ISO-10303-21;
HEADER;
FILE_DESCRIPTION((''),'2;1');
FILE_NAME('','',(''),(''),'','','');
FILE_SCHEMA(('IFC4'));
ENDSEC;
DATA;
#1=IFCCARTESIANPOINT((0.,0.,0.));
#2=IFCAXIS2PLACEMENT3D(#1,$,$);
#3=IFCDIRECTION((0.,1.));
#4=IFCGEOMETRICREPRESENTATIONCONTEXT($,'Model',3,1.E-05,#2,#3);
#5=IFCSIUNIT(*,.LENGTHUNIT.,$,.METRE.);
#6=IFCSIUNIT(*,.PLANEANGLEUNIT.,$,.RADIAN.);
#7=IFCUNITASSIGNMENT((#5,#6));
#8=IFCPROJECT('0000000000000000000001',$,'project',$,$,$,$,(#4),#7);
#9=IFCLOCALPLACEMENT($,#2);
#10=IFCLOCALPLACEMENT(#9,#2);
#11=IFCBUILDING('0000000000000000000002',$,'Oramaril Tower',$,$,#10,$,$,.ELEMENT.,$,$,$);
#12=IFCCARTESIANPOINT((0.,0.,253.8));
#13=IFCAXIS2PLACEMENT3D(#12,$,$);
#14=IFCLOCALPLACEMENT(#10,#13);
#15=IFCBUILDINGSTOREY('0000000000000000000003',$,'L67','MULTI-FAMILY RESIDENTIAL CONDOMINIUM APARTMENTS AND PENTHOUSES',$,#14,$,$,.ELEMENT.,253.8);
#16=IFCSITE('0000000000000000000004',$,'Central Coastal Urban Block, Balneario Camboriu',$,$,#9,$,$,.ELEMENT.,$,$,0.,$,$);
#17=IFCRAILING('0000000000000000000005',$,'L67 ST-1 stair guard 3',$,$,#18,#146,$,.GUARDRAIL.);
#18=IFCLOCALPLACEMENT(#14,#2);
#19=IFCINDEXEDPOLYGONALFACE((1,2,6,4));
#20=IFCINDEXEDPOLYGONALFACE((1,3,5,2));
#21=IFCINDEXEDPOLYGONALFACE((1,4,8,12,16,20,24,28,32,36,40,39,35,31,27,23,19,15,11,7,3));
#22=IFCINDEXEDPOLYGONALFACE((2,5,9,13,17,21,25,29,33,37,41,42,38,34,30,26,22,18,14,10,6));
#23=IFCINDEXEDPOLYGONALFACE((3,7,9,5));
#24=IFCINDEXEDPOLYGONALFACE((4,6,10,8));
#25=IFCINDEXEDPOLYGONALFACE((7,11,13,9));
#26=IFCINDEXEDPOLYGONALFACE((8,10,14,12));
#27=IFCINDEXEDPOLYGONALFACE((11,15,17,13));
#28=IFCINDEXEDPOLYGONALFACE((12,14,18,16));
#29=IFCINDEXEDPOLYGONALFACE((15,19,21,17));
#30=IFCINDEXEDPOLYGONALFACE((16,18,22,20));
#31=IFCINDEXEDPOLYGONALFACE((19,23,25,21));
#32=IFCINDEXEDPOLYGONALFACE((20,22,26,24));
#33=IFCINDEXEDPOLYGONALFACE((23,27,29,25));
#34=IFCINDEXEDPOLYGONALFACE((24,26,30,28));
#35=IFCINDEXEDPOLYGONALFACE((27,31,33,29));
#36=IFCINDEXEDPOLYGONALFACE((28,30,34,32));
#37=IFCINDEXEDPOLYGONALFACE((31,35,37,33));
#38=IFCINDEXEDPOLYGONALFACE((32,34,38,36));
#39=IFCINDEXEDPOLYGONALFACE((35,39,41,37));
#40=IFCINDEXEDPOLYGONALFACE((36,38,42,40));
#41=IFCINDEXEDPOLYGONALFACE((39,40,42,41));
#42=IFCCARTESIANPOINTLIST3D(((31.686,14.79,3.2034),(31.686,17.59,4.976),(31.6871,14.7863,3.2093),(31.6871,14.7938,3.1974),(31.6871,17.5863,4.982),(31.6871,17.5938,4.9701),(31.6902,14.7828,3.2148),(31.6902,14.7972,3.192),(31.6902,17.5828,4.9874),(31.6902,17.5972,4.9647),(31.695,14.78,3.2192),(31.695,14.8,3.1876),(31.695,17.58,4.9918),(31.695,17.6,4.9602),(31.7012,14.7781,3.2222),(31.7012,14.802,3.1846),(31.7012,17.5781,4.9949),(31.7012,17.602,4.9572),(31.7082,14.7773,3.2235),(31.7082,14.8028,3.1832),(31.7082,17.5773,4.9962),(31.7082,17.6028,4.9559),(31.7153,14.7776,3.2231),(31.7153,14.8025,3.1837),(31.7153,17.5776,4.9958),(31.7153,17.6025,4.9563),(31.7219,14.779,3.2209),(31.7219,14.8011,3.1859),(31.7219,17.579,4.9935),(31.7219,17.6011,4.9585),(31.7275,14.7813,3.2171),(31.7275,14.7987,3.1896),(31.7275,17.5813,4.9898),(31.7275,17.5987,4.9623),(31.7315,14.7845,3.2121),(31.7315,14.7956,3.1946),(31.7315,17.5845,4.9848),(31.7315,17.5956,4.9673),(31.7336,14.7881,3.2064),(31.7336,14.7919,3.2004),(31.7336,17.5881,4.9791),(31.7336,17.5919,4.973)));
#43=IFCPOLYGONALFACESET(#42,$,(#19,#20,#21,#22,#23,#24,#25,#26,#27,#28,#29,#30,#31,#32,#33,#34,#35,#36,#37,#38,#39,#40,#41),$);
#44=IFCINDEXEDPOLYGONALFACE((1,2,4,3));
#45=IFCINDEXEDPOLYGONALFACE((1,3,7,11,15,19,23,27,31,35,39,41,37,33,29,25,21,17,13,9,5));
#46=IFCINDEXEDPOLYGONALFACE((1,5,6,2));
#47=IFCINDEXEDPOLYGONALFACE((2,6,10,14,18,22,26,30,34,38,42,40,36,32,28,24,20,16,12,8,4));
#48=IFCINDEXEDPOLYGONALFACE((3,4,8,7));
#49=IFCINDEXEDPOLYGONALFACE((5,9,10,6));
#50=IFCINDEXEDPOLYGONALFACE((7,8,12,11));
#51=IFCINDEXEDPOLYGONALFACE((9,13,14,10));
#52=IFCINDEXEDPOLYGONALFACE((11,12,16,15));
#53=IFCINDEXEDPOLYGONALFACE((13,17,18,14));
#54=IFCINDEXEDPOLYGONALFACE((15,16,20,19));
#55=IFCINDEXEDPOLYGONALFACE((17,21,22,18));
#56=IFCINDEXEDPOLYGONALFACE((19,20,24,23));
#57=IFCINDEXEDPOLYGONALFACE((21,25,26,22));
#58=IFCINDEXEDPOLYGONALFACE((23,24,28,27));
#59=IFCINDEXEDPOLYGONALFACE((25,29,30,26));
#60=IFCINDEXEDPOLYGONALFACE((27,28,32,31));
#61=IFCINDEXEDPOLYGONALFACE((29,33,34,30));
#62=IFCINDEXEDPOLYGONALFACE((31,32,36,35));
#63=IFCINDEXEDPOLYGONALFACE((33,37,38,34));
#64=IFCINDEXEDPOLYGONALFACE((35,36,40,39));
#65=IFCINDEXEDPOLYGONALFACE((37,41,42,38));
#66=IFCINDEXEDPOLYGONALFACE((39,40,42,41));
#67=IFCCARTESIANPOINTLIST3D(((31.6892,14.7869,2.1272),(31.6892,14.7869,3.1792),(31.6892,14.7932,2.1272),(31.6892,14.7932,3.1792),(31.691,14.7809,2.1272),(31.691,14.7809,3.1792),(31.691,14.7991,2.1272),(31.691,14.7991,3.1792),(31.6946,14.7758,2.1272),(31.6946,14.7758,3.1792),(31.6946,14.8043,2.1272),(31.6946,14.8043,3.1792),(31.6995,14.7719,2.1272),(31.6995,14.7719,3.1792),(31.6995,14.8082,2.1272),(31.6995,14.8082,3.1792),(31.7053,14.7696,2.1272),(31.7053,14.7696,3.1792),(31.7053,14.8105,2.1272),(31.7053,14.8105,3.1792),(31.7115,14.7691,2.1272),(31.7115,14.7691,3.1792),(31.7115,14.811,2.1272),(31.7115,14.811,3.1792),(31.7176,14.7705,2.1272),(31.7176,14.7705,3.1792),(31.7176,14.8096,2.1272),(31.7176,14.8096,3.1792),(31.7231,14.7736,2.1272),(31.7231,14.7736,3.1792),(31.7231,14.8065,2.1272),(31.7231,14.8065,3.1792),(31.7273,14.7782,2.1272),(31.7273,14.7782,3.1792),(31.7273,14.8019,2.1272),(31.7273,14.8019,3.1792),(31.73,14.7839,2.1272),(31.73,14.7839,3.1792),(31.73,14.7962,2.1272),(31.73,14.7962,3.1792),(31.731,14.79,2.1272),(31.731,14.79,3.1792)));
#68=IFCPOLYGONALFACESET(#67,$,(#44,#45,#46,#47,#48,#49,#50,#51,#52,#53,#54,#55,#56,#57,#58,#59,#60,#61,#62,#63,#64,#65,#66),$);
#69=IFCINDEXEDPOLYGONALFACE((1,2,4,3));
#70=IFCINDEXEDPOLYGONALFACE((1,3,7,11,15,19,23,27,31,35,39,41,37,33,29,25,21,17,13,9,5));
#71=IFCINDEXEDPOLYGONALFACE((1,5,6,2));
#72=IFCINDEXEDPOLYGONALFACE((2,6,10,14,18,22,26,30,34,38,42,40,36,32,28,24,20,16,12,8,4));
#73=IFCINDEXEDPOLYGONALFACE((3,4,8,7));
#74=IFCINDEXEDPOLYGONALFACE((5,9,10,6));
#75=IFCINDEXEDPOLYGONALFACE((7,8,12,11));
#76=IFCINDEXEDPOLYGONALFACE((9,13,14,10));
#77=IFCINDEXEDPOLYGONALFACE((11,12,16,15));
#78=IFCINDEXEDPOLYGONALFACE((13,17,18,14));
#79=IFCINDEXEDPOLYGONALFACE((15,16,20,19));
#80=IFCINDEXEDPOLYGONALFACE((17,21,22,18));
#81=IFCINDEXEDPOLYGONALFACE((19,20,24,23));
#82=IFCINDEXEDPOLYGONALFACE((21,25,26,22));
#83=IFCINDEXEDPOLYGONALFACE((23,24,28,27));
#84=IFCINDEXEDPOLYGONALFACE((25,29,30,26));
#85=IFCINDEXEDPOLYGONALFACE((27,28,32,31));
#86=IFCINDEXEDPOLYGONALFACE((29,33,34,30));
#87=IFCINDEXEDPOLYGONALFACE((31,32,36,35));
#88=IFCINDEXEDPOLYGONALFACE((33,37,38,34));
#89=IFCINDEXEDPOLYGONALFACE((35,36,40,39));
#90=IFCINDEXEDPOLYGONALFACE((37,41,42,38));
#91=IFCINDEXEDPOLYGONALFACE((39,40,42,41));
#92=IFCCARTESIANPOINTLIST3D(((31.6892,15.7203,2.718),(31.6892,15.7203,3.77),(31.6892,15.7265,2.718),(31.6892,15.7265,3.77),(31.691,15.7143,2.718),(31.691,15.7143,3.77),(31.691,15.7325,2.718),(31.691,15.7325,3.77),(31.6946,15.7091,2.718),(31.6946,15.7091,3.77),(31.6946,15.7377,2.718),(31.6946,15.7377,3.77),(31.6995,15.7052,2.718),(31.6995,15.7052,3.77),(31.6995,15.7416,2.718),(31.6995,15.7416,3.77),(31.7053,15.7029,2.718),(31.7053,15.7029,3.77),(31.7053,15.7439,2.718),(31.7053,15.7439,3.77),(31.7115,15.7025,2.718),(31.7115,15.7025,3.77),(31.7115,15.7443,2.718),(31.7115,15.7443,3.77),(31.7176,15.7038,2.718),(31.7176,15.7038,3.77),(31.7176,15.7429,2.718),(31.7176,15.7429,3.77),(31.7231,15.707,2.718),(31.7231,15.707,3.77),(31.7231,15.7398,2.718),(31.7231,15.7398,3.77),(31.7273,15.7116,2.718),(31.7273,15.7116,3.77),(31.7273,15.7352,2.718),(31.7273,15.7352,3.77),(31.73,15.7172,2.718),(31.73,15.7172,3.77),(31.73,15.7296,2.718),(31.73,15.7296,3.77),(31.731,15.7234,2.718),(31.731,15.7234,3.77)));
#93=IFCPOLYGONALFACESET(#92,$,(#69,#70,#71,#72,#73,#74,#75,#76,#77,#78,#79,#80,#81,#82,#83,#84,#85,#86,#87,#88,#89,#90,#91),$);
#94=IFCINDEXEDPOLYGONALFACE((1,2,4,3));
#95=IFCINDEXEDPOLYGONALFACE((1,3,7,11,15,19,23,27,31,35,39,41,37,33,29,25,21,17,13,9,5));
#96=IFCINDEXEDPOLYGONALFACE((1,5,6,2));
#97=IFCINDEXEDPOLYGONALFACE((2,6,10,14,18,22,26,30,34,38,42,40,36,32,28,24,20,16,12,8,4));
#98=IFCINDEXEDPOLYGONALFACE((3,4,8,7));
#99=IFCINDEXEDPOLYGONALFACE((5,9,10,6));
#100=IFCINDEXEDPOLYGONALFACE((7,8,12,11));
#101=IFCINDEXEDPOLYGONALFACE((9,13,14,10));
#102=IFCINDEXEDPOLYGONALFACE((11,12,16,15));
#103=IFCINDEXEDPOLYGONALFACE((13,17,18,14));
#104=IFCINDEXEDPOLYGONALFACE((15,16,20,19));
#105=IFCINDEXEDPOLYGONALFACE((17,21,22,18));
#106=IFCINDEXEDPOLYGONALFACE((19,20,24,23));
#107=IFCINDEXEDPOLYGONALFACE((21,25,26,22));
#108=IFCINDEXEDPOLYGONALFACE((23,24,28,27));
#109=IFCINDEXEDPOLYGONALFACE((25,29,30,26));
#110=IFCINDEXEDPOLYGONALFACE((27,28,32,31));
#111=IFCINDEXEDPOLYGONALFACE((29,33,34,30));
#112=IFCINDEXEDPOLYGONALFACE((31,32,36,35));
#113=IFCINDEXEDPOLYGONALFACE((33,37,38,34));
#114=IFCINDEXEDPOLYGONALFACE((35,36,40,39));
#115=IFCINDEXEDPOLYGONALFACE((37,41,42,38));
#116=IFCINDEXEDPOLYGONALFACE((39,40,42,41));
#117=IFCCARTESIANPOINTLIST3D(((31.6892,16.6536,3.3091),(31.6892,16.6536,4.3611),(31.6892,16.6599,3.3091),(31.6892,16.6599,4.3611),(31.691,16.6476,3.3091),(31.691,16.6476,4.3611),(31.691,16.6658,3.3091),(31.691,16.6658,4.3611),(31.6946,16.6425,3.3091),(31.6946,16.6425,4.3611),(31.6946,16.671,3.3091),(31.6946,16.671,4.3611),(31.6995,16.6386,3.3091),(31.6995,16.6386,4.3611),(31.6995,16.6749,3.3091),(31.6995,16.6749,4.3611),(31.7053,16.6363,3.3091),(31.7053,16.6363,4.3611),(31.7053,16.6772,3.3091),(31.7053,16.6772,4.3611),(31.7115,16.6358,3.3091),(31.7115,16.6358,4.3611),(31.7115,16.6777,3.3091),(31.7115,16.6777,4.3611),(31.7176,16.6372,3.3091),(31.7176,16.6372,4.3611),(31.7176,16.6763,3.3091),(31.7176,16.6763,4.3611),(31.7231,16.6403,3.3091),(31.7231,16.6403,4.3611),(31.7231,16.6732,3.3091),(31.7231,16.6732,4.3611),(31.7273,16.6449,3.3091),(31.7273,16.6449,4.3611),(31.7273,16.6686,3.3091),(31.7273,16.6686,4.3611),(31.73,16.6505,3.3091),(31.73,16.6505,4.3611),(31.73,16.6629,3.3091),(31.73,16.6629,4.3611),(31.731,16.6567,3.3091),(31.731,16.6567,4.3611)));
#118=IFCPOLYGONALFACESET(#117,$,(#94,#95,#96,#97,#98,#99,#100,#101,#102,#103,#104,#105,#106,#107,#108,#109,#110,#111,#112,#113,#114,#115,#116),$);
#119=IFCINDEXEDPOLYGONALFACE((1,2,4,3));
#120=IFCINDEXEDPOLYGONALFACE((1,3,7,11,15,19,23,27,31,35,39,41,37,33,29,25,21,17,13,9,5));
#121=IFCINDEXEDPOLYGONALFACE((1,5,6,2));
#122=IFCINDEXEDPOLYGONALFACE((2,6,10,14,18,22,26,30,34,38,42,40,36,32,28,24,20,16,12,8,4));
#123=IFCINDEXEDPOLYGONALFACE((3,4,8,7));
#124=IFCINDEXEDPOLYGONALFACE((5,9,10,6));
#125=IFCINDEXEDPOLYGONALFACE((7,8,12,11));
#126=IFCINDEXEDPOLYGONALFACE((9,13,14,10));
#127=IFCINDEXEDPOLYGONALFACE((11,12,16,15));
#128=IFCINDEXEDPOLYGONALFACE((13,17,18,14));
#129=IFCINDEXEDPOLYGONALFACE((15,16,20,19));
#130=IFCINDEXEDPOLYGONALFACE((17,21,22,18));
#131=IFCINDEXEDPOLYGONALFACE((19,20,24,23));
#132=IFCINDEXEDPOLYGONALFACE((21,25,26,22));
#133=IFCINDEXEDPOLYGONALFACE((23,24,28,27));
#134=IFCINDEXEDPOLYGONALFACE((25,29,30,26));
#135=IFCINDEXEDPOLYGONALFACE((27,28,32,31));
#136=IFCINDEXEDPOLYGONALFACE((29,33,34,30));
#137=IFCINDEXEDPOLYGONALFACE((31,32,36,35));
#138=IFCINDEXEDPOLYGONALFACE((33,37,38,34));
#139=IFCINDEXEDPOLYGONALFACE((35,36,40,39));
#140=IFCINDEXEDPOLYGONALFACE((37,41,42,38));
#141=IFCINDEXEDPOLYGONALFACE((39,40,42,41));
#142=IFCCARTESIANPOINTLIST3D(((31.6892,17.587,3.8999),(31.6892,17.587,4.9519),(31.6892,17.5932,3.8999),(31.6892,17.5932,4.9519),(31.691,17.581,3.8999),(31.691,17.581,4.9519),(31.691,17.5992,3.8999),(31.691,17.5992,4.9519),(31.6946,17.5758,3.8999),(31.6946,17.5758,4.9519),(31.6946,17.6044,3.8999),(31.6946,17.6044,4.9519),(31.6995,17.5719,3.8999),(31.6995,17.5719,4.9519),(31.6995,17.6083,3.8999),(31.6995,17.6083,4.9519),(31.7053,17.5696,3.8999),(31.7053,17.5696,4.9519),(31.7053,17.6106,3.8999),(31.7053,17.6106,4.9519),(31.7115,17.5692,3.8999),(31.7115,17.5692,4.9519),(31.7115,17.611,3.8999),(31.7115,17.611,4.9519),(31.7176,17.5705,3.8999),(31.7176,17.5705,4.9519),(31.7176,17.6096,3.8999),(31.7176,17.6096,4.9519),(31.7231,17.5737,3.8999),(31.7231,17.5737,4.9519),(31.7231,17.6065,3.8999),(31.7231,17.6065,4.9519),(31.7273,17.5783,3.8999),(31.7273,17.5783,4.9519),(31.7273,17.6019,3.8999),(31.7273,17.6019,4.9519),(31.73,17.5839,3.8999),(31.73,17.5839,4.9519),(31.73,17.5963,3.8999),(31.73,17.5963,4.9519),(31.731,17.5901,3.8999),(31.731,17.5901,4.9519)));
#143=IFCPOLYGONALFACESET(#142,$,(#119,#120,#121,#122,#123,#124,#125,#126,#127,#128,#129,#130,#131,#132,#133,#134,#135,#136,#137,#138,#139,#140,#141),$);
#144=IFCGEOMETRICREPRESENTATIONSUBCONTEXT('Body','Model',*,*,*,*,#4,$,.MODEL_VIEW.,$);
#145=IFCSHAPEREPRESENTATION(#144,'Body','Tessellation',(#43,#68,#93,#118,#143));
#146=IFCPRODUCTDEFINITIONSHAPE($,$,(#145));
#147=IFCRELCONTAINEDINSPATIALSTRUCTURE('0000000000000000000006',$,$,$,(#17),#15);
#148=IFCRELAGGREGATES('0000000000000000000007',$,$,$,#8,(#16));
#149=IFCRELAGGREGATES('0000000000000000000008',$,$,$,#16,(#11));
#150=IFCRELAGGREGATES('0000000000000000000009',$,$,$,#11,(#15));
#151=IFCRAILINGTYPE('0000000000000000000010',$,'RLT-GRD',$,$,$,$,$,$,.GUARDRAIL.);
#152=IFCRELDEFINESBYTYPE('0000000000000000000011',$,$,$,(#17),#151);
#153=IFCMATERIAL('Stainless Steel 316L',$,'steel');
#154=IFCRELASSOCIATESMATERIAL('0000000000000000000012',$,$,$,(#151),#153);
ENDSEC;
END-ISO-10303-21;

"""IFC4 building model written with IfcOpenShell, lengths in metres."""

from ifc_helpers import new_model, si_unit, direction, frame, origin, origin_2d, place, context, subcontext, project, spatial, circle, extrude, material, type_object, element, save


model = new_model("IFC4")

# Units and contexts
model_context = context("Model", 3, precision=1e-05, world=origin(), true_north=direction((0.0, 1.0)))
body_context = subcontext(model_context, "Body", "Model", "MODEL_VIEW")
ifc_project = project(units=[si_unit("LENGTHUNIT", "METRE"), si_unit("PLANEANGLEUNIT", "RADIAN")], contexts=[model_context])

# Site, building, storey
site_placement = place(None, origin())
site = spatial("IfcSite", under=ifc_project, at=site_placement, Name="Central Coastal Urban Block, Balneario Camboriu", CompositionType="ELEMENT", RefElevation=0.0)
building_placement = place(site_placement, origin())
building = spatial("IfcBuilding", under=site, at=building_placement, Name="Oramaril Tower", CompositionType="ELEMENT")
storey_placement = place(building_placement, frame((0.0, 0.0, 253.8)))
storey = spatial("IfcBuildingStorey", under=building, at=storey_placement, Name="L67", Description="MULTI-FAMILY RESIDENTIAL CONDOMINIUM APARTMENTS AND PENTHOUSES", CompositionType="ELEMENT", Elevation=253.8)

# Railing
ifc_material_1 = material(Name="Stainless Steel 316L", Category="steel")
railing_type_1 = type_object("IfcRailingType", Name="RLT-GRD", PredefinedType="GUARDRAIL", material=ifc_material_1)
railing_1_placement = place(storey_placement, frame((31.71, 14.79, 2.1272)))
element("IfcRailing", 1, at=railing_1_placement, inside=storey, type_object=railing_type_1, Name="L67 ST-1 stair guard 3", PredefinedType="GUARDRAIL", context=body_context, shape_type="SweptSolid", body=[
    extrude(circle(Radius=0.0239, at=origin_2d()), frame((0.0, 0.0, 1.0762), z_axis=(0.0, 0.844909, 0.53491), x_axis=(-1.0, 0.0, 0.0)), (0.0, 0.0, 1.0), 3.314),
    extrude(circle(Radius=0.021, at=origin_2d()), origin(), (0.0, 0.0, 1.0), 1.052),
    extrude(circle(Radius=0.021, at=origin_2d()), frame((0.0, 0.9333, 0.5908)), (0.0, 0.0, 1.0), 1.052),
    extrude(circle(Radius=0.021, at=origin_2d()), frame((0.0, 1.8667, 1.1819)), (0.0, 0.0, 1.0), 1.052),
    extrude(circle(Radius=0.021, at=origin_2d()), frame((0.0, 2.8, 1.7727)), (0.0, 0.0, 1.0), 1.052),
])

save(model, "model.ifc")
